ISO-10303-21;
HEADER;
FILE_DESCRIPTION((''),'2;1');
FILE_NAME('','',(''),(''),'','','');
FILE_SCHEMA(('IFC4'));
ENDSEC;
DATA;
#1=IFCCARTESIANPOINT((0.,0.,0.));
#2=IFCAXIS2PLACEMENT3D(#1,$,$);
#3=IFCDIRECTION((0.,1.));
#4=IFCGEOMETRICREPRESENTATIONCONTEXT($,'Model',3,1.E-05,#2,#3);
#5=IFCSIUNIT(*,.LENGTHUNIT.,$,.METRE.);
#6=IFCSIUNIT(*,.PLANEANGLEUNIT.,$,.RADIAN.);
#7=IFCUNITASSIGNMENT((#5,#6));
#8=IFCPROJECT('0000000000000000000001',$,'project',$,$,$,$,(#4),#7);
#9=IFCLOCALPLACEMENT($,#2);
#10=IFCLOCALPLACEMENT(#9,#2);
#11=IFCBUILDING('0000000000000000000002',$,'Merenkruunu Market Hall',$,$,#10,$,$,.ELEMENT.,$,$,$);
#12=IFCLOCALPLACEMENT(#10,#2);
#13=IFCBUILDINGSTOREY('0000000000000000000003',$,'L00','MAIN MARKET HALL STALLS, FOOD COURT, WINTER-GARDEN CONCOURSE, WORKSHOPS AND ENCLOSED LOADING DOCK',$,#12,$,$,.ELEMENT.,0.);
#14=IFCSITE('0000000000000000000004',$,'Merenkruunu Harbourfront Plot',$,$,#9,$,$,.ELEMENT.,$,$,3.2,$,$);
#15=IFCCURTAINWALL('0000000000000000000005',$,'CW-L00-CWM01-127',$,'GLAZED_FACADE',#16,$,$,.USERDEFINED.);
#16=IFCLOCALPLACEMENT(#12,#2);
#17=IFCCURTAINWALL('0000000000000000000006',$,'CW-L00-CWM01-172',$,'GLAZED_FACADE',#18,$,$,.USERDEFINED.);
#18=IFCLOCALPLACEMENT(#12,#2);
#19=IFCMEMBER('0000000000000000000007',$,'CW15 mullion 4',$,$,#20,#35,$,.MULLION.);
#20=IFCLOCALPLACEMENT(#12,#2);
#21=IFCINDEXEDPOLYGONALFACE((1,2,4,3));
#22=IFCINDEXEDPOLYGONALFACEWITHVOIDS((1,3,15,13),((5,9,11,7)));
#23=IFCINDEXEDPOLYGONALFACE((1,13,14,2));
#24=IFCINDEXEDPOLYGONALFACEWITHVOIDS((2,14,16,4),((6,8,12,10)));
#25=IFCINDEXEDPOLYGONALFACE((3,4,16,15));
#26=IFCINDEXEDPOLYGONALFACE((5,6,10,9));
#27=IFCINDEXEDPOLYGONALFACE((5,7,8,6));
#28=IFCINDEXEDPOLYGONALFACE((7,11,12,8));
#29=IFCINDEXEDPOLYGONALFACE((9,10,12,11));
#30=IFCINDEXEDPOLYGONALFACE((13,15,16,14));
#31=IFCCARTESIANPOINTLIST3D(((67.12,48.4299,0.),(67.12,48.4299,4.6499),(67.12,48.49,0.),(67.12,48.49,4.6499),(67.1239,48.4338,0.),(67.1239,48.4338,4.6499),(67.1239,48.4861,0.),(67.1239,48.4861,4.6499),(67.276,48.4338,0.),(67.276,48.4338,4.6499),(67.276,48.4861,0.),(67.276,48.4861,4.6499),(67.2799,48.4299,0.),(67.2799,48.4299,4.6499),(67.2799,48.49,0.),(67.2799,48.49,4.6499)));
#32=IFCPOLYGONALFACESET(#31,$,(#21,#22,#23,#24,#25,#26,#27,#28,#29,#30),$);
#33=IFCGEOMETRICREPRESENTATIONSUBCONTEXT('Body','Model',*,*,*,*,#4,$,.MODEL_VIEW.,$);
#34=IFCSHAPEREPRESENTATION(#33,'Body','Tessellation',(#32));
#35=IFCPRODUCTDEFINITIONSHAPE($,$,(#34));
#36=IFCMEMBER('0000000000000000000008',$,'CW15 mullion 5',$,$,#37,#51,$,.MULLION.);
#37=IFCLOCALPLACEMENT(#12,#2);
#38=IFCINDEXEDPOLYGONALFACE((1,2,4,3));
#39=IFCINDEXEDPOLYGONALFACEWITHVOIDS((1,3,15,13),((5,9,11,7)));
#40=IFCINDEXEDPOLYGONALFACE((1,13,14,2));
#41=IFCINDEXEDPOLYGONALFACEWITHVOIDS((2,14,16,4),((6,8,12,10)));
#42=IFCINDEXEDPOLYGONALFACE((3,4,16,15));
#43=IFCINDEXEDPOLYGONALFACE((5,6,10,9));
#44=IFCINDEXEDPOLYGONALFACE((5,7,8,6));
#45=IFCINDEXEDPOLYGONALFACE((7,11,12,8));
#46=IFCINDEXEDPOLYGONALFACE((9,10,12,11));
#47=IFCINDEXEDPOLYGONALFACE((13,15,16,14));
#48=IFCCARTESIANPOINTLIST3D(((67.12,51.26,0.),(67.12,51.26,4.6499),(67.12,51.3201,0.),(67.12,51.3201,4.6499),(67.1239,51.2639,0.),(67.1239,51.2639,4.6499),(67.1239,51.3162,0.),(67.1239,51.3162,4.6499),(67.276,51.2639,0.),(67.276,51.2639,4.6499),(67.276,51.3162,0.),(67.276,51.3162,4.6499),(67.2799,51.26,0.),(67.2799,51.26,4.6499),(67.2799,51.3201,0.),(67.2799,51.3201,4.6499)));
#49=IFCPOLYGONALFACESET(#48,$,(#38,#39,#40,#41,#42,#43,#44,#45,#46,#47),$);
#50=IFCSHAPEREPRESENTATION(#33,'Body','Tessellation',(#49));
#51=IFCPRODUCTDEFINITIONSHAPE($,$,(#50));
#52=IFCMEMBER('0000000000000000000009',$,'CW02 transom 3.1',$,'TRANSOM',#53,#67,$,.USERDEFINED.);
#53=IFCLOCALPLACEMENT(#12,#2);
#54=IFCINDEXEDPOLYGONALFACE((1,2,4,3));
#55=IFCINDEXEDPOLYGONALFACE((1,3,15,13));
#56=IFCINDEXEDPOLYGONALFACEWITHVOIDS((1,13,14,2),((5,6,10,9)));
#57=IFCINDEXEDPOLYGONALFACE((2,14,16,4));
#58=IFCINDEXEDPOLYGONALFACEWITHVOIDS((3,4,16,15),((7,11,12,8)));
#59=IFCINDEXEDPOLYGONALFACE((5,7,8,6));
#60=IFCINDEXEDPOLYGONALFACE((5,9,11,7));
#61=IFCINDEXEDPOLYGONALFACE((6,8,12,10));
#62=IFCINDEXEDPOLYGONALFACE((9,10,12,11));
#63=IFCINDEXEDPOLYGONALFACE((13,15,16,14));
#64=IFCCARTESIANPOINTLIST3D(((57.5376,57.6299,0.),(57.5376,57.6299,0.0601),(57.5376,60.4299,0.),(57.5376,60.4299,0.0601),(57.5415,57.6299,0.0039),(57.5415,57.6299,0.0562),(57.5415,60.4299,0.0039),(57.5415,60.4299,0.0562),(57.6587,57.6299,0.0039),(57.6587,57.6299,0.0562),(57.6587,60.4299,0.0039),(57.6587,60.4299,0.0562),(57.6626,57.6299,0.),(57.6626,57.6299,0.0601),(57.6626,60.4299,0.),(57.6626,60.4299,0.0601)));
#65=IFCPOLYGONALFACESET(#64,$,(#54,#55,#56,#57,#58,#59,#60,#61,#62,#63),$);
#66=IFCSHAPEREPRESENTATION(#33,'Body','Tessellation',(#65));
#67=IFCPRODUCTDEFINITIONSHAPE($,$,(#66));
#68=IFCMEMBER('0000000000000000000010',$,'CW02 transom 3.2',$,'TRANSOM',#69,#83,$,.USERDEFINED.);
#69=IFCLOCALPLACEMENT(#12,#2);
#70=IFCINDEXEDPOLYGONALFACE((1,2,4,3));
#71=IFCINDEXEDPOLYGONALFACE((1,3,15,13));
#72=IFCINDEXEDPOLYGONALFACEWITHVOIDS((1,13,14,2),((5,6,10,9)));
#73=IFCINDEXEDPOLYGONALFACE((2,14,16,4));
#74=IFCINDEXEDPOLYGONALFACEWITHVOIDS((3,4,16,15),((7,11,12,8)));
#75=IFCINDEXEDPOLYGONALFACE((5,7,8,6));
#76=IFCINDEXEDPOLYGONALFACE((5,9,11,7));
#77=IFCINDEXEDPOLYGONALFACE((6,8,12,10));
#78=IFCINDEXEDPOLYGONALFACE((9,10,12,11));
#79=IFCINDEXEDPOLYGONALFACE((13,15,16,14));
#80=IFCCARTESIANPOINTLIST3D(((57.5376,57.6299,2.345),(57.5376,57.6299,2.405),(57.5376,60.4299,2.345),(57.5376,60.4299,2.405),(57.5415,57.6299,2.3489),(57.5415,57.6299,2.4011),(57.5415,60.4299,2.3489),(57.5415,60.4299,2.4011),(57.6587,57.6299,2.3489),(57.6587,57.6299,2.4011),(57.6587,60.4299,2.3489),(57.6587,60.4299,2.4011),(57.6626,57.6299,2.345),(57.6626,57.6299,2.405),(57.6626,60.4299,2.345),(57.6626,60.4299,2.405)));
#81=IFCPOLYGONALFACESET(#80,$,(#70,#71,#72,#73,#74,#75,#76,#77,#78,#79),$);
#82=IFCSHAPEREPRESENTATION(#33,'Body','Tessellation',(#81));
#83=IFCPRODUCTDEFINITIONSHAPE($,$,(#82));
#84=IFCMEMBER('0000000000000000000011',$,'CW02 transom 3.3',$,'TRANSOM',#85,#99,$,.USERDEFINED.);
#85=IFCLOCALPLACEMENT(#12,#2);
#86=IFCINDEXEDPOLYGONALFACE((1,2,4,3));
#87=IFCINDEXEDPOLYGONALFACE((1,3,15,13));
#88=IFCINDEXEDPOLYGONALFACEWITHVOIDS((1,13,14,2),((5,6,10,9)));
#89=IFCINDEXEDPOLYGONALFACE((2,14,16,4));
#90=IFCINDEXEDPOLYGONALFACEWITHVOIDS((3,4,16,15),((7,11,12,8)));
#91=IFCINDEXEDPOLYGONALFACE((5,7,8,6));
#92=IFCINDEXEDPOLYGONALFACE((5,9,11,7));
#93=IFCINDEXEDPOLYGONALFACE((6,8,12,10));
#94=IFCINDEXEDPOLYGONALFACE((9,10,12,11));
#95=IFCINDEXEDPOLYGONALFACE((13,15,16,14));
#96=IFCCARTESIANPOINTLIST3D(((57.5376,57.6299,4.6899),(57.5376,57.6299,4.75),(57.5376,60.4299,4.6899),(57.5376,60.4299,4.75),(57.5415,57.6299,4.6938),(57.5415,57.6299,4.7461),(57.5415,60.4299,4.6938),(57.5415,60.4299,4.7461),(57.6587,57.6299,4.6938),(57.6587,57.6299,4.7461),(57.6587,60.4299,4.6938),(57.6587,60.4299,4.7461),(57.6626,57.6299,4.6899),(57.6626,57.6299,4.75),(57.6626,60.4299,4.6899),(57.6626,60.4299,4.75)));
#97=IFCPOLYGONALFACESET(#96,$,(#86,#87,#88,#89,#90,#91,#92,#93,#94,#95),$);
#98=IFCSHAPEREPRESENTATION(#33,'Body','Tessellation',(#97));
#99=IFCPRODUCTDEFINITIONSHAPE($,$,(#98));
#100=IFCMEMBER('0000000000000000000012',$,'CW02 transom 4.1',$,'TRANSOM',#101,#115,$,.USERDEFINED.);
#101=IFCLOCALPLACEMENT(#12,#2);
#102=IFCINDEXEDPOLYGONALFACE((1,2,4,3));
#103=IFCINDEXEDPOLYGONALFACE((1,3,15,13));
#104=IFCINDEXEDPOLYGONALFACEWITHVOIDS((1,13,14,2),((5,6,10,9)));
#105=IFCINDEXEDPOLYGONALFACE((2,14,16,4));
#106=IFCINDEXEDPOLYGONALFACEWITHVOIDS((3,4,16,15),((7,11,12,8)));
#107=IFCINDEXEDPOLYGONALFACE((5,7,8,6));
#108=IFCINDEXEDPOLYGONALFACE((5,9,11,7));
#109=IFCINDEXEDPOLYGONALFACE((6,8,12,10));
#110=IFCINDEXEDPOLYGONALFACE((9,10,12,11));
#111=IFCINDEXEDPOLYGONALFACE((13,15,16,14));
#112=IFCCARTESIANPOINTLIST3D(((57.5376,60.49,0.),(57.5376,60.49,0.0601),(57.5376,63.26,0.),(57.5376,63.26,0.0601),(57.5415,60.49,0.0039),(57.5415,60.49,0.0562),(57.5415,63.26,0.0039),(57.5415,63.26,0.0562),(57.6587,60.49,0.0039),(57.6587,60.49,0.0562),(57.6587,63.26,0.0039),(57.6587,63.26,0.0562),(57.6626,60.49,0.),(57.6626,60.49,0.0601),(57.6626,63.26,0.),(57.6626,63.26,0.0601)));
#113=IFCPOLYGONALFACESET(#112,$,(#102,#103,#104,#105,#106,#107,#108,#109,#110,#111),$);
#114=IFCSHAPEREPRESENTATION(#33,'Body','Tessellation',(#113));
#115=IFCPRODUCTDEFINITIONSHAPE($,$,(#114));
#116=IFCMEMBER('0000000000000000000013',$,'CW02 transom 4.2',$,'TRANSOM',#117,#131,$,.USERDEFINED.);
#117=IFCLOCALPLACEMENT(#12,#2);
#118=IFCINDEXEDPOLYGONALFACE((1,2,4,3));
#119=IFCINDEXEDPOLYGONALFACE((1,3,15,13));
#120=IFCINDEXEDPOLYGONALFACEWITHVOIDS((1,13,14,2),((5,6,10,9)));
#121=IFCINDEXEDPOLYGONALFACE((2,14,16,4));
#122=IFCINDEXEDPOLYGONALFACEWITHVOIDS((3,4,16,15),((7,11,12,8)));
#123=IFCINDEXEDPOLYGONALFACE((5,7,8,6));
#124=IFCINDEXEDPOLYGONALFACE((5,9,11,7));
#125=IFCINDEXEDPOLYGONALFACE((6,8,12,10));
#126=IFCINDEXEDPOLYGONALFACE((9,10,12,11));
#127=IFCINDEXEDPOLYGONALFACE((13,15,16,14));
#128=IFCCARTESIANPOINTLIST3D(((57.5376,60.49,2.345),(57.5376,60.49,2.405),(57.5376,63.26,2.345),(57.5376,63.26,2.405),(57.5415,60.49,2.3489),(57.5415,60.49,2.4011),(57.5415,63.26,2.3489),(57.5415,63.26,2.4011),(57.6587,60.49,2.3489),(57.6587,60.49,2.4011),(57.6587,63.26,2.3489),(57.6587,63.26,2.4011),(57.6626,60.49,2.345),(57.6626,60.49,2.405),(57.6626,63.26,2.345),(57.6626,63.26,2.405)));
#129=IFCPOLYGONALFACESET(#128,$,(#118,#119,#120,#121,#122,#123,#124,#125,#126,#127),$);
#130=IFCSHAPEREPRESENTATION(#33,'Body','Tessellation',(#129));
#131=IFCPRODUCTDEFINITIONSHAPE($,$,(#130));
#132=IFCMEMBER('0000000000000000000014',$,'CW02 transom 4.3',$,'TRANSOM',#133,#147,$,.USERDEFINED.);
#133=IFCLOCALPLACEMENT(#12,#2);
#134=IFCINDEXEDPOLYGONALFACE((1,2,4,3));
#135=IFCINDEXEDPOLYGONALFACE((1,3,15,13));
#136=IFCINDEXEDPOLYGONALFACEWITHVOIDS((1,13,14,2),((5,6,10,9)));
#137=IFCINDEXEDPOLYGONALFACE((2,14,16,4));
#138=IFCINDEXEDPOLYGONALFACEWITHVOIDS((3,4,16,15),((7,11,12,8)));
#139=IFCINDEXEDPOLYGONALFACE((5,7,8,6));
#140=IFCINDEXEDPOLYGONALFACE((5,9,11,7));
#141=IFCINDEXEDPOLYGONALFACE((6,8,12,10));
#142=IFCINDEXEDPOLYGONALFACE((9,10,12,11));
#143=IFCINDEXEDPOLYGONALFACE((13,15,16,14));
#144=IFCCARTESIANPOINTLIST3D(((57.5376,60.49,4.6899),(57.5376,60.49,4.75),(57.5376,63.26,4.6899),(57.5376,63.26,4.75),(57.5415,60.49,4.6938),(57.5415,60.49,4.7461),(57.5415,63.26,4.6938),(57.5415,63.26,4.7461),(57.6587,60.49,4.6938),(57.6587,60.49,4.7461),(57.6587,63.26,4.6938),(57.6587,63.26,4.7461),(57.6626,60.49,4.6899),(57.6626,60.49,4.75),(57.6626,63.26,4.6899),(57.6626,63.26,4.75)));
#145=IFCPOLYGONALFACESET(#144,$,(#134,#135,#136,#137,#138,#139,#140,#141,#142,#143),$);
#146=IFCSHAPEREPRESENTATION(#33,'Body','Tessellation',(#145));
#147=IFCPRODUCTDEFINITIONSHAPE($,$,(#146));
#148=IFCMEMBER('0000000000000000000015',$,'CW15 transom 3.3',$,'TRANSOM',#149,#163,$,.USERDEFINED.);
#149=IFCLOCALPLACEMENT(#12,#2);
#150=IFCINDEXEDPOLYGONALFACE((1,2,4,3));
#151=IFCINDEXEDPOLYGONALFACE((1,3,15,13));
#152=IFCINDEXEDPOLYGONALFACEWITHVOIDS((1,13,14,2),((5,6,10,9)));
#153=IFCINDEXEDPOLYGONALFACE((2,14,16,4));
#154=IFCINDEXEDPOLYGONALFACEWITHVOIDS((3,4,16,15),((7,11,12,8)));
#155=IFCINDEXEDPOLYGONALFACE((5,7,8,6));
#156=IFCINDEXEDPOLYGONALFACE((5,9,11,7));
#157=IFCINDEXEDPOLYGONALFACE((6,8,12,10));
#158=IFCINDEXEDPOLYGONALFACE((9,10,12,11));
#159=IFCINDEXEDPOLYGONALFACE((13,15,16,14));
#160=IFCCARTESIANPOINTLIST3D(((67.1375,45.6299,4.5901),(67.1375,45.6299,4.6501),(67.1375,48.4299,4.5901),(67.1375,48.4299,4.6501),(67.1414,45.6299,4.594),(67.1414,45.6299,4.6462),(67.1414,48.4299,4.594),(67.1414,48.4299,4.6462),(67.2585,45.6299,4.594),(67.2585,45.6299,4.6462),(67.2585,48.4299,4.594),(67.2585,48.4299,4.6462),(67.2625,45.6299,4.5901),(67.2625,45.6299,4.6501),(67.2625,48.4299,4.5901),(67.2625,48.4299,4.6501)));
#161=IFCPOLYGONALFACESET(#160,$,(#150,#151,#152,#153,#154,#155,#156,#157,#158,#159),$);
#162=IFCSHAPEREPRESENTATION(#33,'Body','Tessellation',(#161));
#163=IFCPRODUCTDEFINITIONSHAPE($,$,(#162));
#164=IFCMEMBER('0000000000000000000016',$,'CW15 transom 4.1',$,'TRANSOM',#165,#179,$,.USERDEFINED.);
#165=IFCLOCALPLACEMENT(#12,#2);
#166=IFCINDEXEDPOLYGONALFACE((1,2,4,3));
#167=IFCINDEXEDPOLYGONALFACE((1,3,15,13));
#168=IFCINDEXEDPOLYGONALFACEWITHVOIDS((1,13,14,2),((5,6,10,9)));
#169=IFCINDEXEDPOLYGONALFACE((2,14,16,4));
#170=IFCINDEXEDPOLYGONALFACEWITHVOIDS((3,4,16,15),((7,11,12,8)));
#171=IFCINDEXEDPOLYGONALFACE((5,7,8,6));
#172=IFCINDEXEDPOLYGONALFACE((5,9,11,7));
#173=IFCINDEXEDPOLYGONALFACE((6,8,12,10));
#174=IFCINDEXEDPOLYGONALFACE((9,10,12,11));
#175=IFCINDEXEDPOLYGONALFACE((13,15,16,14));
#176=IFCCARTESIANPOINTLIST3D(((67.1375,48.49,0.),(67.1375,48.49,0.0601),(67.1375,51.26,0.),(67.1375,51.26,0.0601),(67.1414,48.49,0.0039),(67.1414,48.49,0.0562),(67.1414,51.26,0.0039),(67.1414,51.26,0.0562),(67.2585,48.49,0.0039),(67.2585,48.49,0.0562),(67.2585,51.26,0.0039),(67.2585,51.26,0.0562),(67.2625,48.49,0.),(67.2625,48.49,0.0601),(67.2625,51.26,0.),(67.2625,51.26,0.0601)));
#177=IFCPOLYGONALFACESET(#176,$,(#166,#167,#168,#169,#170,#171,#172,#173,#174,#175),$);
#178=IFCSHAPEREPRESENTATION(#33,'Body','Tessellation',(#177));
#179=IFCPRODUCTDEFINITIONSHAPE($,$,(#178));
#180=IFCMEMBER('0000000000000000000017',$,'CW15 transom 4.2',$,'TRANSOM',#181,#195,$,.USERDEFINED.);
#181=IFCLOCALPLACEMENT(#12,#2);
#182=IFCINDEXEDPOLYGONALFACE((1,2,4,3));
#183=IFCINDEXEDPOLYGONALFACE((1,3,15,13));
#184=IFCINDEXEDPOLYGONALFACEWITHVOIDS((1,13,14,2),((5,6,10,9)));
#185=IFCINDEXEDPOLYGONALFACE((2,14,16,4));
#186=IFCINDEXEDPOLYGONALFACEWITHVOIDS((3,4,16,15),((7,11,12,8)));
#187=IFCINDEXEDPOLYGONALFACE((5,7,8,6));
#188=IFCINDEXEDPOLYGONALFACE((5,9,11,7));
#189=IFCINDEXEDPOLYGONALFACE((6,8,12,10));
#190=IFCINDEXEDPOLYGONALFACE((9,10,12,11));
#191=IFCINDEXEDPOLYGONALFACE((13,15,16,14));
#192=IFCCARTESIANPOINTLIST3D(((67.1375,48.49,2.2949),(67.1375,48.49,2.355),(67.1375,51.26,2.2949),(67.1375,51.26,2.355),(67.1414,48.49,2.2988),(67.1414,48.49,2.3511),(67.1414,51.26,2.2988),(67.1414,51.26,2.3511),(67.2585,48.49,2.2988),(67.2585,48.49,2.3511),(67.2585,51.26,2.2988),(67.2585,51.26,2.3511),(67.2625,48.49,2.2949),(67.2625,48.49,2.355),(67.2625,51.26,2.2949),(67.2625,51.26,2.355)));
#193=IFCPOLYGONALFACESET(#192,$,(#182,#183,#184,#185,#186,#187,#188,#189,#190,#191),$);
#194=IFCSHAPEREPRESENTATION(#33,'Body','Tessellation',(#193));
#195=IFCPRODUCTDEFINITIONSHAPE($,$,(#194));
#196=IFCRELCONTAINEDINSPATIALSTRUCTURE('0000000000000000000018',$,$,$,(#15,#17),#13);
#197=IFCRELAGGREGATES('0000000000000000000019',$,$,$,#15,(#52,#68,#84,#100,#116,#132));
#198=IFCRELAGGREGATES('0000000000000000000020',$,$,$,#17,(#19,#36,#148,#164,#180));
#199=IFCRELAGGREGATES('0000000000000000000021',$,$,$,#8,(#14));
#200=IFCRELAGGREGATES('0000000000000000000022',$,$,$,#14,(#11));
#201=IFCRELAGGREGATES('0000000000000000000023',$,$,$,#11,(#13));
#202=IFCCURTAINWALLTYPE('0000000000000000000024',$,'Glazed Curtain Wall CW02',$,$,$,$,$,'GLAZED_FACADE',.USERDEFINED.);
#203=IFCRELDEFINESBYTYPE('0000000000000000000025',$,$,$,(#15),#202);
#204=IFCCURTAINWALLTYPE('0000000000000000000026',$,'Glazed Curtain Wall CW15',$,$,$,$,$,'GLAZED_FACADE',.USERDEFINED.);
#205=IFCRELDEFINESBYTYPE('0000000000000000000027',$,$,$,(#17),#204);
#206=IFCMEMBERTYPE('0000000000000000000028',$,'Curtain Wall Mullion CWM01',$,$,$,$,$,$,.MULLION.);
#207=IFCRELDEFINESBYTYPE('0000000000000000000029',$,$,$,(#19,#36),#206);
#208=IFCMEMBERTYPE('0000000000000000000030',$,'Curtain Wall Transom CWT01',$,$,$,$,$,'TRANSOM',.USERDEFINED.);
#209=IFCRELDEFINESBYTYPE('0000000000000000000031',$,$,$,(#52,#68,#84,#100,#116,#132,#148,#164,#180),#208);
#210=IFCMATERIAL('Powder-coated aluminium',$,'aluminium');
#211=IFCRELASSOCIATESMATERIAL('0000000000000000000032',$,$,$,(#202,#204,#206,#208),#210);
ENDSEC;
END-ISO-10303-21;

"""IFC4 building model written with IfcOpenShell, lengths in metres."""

from ifc_helpers import new_model, si_unit, direction, frame, origin, origin_2d, place, context, subcontext, project, spatial, hollow_rectangle, extrude, material, material_profile, profile_set, type_object, element, aggregate, save


model = new_model("IFC4")

# Units and contexts
model_context = context("Model", 3, precision=1e-05, world=origin(), true_north=direction((0.0, 1.0)))
body_context = subcontext(model_context, "Body", "Model", "MODEL_VIEW")
ifc_project = project(units=[si_unit("LENGTHUNIT", "METRE"), si_unit("PLANEANGLEUNIT", "RADIAN")], contexts=[model_context])

# Site, building, storey
site_placement = place(None, origin())
site = spatial("IfcSite", under=ifc_project, at=site_placement, Name="Merenkruunu Harbourfront Plot", CompositionType="ELEMENT", RefElevation=3.2)
building_placement = place(site_placement, origin())
building = spatial("IfcBuilding", under=site, at=building_placement, Name="Merenkruunu Market Hall", CompositionType="ELEMENT")
storey_placement = place(building_placement, origin())
storey = spatial("IfcBuildingStorey", under=building, at=storey_placement, Name="L00", Description="MAIN MARKET HALL STALLS, FOOD COURT, WINTER-GARDEN CONCOURSE, WORKSHOPS AND ENCLOSED LOADING DOCK", CompositionType="ELEMENT", Elevation=0.0)

# Curtain walls, members
ifc_material_1 = material(Name="Powder-coated aluminium", Category="aluminium")
curtain_wall_type_1 = type_object("IfcCurtainWallType", Name="Glazed Curtain Wall CW02", ElementType="GLAZED_FACADE", PredefinedType="USERDEFINED", material=ifc_material_1)
curtain_wall_1_placement = place(storey_placement, origin())
curtain_wall_1 = element("IfcCurtainWall", 1, at=curtain_wall_1_placement, inside=storey, type_object=curtain_wall_type_1, Name="CW-L00-CWM01-127", ObjectType="GLAZED_FACADE", PredefinedType="USERDEFINED")
ifc_material_profile_1 = material_profile(ifc_material_1, hollow_rectangle(XDim=0.0601, YDim=0.1599, WallThickness=0.0039, at=origin_2d()), Name="ALU 60x160x4")
ifc_profile_set_1 = profile_set([ifc_material_profile_1], Name="Powder-coated aluminium")
member_type_1 = type_object("IfcMemberType", Name="Curtain Wall Mullion CWM01", PredefinedType="MULLION", material=ifc_profile_set_1)
curtain_wall_type_2 = type_object("IfcCurtainWallType", Name="Glazed Curtain Wall CW15", ElementType="GLAZED_FACADE", PredefinedType="USERDEFINED", material=ifc_material_1)
curtain_wall_2_placement = place(storey_placement, origin())
curtain_wall_2 = element("IfcCurtainWall", 2, at=curtain_wall_2_placement, inside=storey, type_object=curtain_wall_type_2, Name="CW-L00-CWM01-172", ObjectType="GLAZED_FACADE", PredefinedType="USERDEFINED")
member_1_placement = place(storey_placement, frame((67.2, 48.46, 0.0), z_axis=(0.0, 0.0, 1.0), x_axis=(0.0, 1.0, 0.0)))
member_1 = element("IfcMember", 3, at=member_1_placement, type_object=member_type_1, Name="CW15 mullion 4", PredefinedType="MULLION", context=body_context, shape_type="SweptSolid", body=[
    extrude(hollow_rectangle(XDim=0.0601, YDim=0.1599, WallThickness=0.0039, at=origin_2d()), origin(), (0.0, 0.0, 1.0), 4.6499),
])
member_2_placement = place(storey_placement, frame((67.2, 51.29, 0.0), z_axis=(0.0, 0.0, 1.0), x_axis=(0.0, 1.0, 0.0)))
member_2 = element("IfcMember", 4, at=member_2_placement, type_object=member_type_1, Name="CW15 mullion 5", PredefinedType="MULLION", context=body_context, shape_type="SweptSolid", body=[
    extrude(hollow_rectangle(XDim=0.0601, YDim=0.1599, WallThickness=0.0039, at=origin_2d()), origin(), (0.0, 0.0, 1.0), 4.6499),
])

# Members
ifc_material_profile_2 = material_profile(ifc_material_1, hollow_rectangle(XDim=0.0601, YDim=0.125, WallThickness=0.0039, at=origin_2d()), Name="ALU 60x125x4")
ifc_profile_set_2 = profile_set([ifc_material_profile_2], Name="Powder-coated aluminium")
member_type_2 = type_object("IfcMemberType", Name="Curtain Wall Transom CWT01", ElementType="TRANSOM", PredefinedType="USERDEFINED", material=ifc_profile_set_2)
member_3_placement = place(storey_placement, frame((57.6001, 57.6299, 0.03), z_axis=(0.0, 1.0, 0.0), x_axis=(0.0, 0.0, 1.0)))
member_3 = element("IfcMember", 5, at=member_3_placement, type_object=member_type_2, Name="CW02 transom 3.1", ObjectType="TRANSOM", PredefinedType="USERDEFINED", context=body_context, shape_type="SweptSolid", body=[
    extrude(hollow_rectangle(XDim=0.0601, YDim=0.125, WallThickness=0.0039, at=origin_2d()), origin(), (0.0, 0.0, 1.0), 2.8),
])
member_4_placement = place(storey_placement, frame((57.6001, 57.6299, 2.375), z_axis=(0.0, 1.0, 0.0), x_axis=(0.0, 0.0, 1.0)))
member_4 = element("IfcMember", 6, at=member_4_placement, type_object=member_type_2, Name="CW02 transom 3.2", ObjectType="TRANSOM", PredefinedType="USERDEFINED", context=body_context, shape_type="SweptSolid", body=[
    extrude(hollow_rectangle(XDim=0.0601, YDim=0.125, WallThickness=0.0039, at=origin_2d()), origin(), (0.0, 0.0, 1.0), 2.8),
])
member_5_placement = place(storey_placement, frame((57.6001, 57.6299, 4.72), z_axis=(0.0, 1.0, 0.0), x_axis=(0.0, 0.0, 1.0)))
member_5 = element("IfcMember", 7, at=member_5_placement, type_object=member_type_2, Name="CW02 transom 3.3", ObjectType="TRANSOM", PredefinedType="USERDEFINED", context=body_context, shape_type="SweptSolid", body=[
    extrude(hollow_rectangle(XDim=0.0601, YDim=0.125, WallThickness=0.0039, at=origin_2d()), origin(), (0.0, 0.0, 1.0), 2.8),
])
member_6_placement = place(storey_placement, frame((57.6001, 60.49, 0.03), z_axis=(0.0, 1.0, 0.0), x_axis=(0.0, 0.0, 1.0)))
member_6 = element("IfcMember", 8, at=member_6_placement, type_object=member_type_2, Name="CW02 transom 4.1", ObjectType="TRANSOM", PredefinedType="USERDEFINED", context=body_context, shape_type="SweptSolid", body=[
    extrude(hollow_rectangle(XDim=0.0601, YDim=0.125, WallThickness=0.0039, at=origin_2d()), origin(), (0.0, 0.0, 1.0), 2.77),
])
member_7_placement = place(storey_placement, frame((57.6001, 60.49, 2.375), z_axis=(0.0, 1.0, 0.0), x_axis=(0.0, 0.0, 1.0)))
member_7 = element("IfcMember", 9, at=member_7_placement, type_object=member_type_2, Name="CW02 transom 4.2", ObjectType="TRANSOM", PredefinedType="USERDEFINED", context=body_context, shape_type="SweptSolid", body=[
    extrude(hollow_rectangle(XDim=0.0601, YDim=0.125, WallThickness=0.0039, at=origin_2d()), origin(), (0.0, 0.0, 1.0), 2.77),
])
member_8_placement = place(storey_placement, frame((57.6001, 60.49, 4.72), z_axis=(0.0, 1.0, 0.0), x_axis=(0.0, 0.0, 1.0)))
member_8 = element("IfcMember", 10, at=member_8_placement, type_object=member_type_2, Name="CW02 transom 4.3", ObjectType="TRANSOM", PredefinedType="USERDEFINED", context=body_context, shape_type="SweptSolid", body=[
    extrude(hollow_rectangle(XDim=0.0601, YDim=0.125, WallThickness=0.0039, at=origin_2d()), origin(), (0.0, 0.0, 1.0), 2.77),
])
member_9_placement = place(storey_placement, frame((67.2, 45.6299, 4.6201), z_axis=(0.0, 1.0, 0.0), x_axis=(0.0, 0.0, 1.0)))
member_9 = element("IfcMember", 11, at=member_9_placement, type_object=member_type_2, Name="CW15 transom 3.3", ObjectType="TRANSOM", PredefinedType="USERDEFINED", context=body_context, shape_type="SweptSolid", body=[
    extrude(hollow_rectangle(XDim=0.0601, YDim=0.125, WallThickness=0.0039, at=origin_2d()), origin(), (0.0, 0.0, 1.0), 2.8),
])
member_10_placement = place(storey_placement, frame((67.2, 48.49, 0.03), z_axis=(0.0, 1.0, 0.0), x_axis=(0.0, 0.0, 1.0)))
member_10 = element("IfcMember", 12, at=member_10_placement, type_object=member_type_2, Name="CW15 transom 4.1", ObjectType="TRANSOM", PredefinedType="USERDEFINED", context=body_context, shape_type="SweptSolid", body=[
    extrude(hollow_rectangle(XDim=0.0601, YDim=0.125, WallThickness=0.0039, at=origin_2d()), origin(), (0.0, 0.0, 1.0), 2.77),
])
member_11_placement = place(storey_placement, frame((67.2, 48.49, 2.325), z_axis=(0.0, 1.0, 0.0), x_axis=(0.0, 0.0, 1.0)))
member_11 = element("IfcMember", 13, at=member_11_placement, type_object=member_type_2, Name="CW15 transom 4.2", ObjectType="TRANSOM", PredefinedType="USERDEFINED", context=body_context, shape_type="SweptSolid", body=[
    extrude(hollow_rectangle(XDim=0.0601, YDim=0.125, WallThickness=0.0039, at=origin_2d()), origin(), (0.0, 0.0, 1.0), 2.77),
])

aggregate(curtain_wall_1, [member_3, member_4, member_5, member_6, member_7, member_8])
aggregate(curtain_wall_2, [member_1, member_2, member_9, member_10, member_11])

save(model, "model.ifc")
